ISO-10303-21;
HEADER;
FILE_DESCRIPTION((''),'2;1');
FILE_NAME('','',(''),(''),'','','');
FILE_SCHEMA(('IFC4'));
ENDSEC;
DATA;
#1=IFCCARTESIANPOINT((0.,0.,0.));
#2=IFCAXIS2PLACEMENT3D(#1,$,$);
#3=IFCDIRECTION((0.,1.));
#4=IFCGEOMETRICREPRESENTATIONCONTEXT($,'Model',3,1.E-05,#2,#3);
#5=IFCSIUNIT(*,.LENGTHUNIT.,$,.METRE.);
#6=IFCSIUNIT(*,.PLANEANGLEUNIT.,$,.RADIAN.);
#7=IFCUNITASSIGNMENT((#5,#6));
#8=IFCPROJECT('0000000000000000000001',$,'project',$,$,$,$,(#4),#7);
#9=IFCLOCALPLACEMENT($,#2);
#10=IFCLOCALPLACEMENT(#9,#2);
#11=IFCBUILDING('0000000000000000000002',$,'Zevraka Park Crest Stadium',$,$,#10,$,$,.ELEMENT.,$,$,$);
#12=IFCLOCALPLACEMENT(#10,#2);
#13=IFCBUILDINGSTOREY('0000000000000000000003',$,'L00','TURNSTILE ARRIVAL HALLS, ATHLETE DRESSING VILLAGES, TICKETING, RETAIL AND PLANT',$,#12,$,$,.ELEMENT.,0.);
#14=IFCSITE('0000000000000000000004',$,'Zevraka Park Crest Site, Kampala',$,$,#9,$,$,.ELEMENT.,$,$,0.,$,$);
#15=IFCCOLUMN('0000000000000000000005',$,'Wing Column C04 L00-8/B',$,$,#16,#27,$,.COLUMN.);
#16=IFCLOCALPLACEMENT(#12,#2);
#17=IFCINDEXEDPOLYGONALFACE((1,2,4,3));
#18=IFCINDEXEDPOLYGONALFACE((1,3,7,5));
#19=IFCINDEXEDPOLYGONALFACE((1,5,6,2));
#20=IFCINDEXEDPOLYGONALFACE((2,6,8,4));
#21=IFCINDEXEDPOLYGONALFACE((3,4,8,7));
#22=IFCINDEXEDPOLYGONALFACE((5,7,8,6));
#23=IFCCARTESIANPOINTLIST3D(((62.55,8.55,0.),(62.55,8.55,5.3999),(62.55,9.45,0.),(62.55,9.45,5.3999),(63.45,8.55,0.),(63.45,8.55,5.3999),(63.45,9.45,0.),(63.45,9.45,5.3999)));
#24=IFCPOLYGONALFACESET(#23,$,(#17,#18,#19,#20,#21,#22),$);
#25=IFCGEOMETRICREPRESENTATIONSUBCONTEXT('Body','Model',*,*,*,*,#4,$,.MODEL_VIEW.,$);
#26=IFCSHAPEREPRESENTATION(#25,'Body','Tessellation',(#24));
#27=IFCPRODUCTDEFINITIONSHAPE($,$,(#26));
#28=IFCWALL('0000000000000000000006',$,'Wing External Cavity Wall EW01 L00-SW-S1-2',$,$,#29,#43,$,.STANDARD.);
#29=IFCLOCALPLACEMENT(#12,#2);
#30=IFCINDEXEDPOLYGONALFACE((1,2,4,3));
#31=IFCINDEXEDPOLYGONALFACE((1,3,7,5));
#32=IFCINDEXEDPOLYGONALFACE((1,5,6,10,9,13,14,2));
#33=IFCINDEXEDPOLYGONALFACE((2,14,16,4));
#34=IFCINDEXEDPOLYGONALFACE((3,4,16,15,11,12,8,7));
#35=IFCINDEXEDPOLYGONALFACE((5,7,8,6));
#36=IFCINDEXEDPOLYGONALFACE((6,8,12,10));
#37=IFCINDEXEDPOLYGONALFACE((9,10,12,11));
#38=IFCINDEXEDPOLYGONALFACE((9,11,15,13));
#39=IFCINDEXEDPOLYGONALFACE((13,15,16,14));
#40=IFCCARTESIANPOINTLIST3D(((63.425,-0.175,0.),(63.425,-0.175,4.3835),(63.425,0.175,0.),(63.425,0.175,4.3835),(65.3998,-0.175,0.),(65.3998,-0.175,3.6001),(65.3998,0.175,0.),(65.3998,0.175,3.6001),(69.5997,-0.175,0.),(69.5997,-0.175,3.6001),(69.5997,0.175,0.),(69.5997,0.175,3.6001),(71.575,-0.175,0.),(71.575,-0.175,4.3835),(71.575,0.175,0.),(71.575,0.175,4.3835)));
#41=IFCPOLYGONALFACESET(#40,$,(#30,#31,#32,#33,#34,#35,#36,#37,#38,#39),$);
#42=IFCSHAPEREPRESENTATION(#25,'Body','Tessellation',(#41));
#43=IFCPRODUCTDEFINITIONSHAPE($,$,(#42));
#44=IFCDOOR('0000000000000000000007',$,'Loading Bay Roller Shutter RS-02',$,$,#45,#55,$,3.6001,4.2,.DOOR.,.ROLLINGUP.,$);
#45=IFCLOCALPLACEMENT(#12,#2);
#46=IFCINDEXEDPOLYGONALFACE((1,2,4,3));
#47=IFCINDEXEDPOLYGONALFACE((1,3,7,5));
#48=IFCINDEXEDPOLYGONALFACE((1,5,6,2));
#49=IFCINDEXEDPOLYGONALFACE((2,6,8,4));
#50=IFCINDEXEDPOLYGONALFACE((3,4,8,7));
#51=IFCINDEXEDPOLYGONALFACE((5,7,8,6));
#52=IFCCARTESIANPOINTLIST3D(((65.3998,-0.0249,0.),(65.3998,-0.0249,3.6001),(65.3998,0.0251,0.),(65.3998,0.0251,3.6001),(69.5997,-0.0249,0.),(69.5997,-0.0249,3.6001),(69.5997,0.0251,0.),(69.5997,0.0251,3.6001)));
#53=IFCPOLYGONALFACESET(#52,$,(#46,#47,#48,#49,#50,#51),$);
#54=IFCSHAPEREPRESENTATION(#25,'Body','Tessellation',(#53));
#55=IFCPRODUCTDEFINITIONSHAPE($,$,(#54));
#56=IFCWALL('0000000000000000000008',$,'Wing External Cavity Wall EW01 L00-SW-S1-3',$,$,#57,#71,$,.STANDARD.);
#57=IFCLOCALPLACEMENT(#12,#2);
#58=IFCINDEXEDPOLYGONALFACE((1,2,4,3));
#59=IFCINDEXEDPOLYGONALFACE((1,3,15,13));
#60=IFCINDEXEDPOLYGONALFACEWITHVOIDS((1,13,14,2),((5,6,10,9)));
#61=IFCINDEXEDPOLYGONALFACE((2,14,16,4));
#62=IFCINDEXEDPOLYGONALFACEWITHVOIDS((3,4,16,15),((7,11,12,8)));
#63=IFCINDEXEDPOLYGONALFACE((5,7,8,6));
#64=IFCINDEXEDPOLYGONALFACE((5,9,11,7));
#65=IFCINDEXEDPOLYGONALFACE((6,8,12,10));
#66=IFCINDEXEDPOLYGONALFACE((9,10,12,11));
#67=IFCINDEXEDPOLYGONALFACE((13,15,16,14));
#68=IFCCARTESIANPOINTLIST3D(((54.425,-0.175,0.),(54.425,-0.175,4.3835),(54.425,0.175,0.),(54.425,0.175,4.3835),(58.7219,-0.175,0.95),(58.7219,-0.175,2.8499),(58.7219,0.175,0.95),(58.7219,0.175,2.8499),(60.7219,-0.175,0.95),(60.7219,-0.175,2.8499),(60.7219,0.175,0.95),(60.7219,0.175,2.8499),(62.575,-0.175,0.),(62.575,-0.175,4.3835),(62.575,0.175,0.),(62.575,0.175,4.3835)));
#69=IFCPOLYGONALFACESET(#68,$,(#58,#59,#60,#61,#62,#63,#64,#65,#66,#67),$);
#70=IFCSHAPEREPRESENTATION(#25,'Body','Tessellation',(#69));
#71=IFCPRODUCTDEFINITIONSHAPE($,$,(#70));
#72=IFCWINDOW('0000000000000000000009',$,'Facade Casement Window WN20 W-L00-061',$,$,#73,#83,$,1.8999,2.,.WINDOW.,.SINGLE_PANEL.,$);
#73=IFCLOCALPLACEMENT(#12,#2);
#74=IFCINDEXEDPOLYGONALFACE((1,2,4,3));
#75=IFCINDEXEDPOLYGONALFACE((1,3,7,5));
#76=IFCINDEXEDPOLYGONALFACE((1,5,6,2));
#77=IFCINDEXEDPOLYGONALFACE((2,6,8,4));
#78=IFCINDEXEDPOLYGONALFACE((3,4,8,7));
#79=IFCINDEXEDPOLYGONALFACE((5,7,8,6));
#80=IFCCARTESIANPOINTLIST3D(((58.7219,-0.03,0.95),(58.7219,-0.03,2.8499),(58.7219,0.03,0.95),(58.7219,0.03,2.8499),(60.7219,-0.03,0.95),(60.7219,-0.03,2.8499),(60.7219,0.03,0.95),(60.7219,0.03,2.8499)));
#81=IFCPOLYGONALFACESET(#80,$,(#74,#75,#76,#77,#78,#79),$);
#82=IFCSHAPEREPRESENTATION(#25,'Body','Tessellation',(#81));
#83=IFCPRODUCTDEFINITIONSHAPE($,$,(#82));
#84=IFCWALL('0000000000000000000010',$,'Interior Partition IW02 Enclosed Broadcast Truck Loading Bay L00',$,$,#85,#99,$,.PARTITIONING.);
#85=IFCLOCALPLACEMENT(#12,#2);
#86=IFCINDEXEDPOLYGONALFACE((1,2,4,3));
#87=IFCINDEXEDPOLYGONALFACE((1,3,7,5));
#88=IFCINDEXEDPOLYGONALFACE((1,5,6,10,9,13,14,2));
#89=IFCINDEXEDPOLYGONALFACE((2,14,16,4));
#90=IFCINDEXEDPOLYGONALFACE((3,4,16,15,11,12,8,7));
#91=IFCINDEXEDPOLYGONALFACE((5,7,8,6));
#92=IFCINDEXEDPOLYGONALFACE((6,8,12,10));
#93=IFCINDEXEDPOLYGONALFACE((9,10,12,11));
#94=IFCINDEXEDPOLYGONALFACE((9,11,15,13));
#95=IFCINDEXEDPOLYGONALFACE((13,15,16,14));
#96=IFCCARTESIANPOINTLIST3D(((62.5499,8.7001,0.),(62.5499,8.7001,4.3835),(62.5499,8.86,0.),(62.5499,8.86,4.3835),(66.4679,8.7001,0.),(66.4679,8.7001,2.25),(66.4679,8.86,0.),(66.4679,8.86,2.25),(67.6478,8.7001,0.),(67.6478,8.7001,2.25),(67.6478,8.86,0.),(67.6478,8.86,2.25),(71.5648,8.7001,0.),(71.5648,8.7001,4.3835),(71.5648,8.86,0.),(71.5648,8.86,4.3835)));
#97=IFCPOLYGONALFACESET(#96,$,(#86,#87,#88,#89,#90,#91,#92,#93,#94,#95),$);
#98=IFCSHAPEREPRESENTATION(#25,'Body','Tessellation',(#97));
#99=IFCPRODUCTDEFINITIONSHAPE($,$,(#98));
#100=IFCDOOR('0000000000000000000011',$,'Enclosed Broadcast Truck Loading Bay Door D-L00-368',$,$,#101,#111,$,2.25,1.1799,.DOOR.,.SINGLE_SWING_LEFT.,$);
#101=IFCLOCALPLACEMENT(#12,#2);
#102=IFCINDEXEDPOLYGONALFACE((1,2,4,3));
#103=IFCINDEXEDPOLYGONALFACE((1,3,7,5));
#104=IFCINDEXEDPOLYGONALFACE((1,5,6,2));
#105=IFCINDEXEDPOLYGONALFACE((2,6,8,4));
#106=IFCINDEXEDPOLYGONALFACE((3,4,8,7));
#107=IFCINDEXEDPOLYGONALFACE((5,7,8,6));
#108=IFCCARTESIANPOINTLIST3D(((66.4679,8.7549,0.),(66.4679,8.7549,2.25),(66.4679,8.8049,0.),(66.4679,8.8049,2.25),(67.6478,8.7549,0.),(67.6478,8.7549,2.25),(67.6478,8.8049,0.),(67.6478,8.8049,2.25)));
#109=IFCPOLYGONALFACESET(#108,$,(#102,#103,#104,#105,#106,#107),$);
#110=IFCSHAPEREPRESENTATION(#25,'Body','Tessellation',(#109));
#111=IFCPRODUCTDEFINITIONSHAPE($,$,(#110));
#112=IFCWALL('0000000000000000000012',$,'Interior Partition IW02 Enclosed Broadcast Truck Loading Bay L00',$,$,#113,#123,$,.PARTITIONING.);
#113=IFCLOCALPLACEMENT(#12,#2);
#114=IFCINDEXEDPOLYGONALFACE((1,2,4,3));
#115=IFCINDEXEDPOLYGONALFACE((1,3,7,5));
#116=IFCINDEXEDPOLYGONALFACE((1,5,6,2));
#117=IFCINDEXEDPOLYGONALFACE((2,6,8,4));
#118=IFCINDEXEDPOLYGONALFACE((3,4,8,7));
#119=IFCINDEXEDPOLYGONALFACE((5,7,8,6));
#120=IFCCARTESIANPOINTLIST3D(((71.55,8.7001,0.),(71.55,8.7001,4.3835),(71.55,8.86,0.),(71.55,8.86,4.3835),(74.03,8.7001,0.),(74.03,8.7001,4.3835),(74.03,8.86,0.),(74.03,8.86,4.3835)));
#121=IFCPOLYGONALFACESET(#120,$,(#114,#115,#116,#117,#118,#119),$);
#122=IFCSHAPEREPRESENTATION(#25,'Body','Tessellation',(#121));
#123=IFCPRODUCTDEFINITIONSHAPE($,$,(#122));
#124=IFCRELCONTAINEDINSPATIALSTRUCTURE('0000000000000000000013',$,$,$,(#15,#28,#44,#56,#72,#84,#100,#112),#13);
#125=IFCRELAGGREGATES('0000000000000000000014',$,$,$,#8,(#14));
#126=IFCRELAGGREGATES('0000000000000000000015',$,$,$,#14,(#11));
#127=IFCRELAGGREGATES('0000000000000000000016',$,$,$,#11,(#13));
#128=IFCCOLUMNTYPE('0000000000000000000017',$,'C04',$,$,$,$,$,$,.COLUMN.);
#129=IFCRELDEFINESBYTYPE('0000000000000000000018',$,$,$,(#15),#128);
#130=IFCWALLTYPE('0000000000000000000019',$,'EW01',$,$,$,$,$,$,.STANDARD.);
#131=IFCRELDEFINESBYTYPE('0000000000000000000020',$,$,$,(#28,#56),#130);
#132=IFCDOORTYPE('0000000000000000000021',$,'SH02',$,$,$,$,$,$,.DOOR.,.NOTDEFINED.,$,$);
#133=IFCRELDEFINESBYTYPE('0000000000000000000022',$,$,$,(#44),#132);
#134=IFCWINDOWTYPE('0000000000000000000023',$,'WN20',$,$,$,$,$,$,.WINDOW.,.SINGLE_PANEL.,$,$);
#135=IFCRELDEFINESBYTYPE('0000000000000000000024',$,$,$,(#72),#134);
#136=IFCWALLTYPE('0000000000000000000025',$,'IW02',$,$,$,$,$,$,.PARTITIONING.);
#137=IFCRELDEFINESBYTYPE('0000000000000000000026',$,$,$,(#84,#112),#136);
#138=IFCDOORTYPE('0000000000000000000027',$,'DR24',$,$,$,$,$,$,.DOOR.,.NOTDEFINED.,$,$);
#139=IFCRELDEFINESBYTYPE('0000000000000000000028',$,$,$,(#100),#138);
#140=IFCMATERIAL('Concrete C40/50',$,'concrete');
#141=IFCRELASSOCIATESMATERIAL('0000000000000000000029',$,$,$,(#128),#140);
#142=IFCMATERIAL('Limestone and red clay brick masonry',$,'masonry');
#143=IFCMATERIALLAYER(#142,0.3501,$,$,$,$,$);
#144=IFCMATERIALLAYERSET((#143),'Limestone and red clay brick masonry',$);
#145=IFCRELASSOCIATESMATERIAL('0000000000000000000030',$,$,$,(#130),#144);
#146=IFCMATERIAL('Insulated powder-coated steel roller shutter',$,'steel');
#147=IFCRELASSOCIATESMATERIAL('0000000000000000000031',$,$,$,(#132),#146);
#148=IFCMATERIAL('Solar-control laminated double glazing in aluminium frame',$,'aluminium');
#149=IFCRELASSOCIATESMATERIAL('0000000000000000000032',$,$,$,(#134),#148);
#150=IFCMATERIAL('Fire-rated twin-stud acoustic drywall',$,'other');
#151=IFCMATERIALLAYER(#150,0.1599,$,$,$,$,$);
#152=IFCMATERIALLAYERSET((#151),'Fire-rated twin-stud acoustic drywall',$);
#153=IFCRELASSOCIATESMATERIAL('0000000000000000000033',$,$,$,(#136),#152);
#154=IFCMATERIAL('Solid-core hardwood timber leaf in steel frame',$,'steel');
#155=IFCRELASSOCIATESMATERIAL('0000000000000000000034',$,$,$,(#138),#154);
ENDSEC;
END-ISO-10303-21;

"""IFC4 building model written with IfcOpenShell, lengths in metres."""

from ifc_helpers import new_model, si_unit, direction, frame, frame_2d, origin, origin_2d, place, context, subcontext, project, spatial, rectangle, extrude, material, layer, layer_set, material_profile, profile_set, type_object, element, fill, save


model = new_model("IFC4")

# Units and contexts
model_context = context("Model", 3, precision=1e-05, world=origin(), true_north=direction((0.0, 1.0)))
body_context = subcontext(model_context, "Body", "Model", "MODEL_VIEW")
ifc_project = project(units=[si_unit("LENGTHUNIT", "METRE"), si_unit("PLANEANGLEUNIT", "RADIAN")], contexts=[model_context])

# Site, building, storey
site_placement = place(None, origin())
site = spatial("IfcSite", under=ifc_project, at=site_placement, Name="Zevraka Park Crest Site, Kampala", CompositionType="ELEMENT", RefElevation=0.0)
building_placement = place(site_placement, origin())
building = spatial("IfcBuilding", under=site, at=building_placement, Name="Zevraka Park Crest Stadium", CompositionType="ELEMENT")
storey_placement = place(building_placement, origin())
storey = spatial("IfcBuildingStorey", under=building, at=storey_placement, Name="L00", Description="TURNSTILE ARRIVAL HALLS, ATHLETE DRESSING VILLAGES, TICKETING, RETAIL AND PLANT", CompositionType="ELEMENT", Elevation=0.0)

# Column
ifc_material_1 = material(Name="Concrete C40/50", Category="concrete")
ifc_material_profile_1 = material_profile(ifc_material_1, rectangle(XDim=0.8999, YDim=0.8999, at=origin_2d()), Name="RC 900x900")
ifc_profile_set_1 = profile_set([ifc_material_profile_1], Name="Concrete C40/50")
column_type = type_object("IfcColumnType", Name="C04", PredefinedType="COLUMN", material=ifc_profile_set_1)
for number, where, z_axis, x_axis, name in (
    (1, (63.0, 9.0, 0.0), (0.0, 0.0, 1.0), (1.0, 0.0, 0.0), "Wing Column C04 L00-8/B"),
):
    element("IfcColumn", number, at=place(storey_placement, frame(where, z_axis=z_axis, x_axis=x_axis)), inside=storey, type_object=column_type, Name=name, PredefinedType="COLUMN", context=body_context, shape_type="SweptSolid", body=[
        extrude(rectangle(XDim=0.8999, YDim=0.8999, at=origin_2d()), origin(), (0.0, 0.0, 1.0), 5.3999),
    ])

# Wall, opening, door
ifc_material_2 = material(Name="Limestone and red clay brick masonry", Category="masonry")
ifc_layer_1 = layer(ifc_material_2, 0.3501)
ifc_layer_set_1 = layer_set([ifc_layer_1], Name="Limestone and red clay brick masonry")
wall_type_1 = type_object("IfcWallType", Name="EW01", PredefinedType="STANDARD", material=ifc_layer_set_1)
wall_1_placement = place(storey_placement, frame((71.575, 0.0, 0.0), z_axis=(0.0, 0.0, 1.0), x_axis=(-1.0, 0.0, 0.0)))
wall_1 = element("IfcWall", 2, at=wall_1_placement, inside=storey, type_object=wall_type_1, Name="Wing External Cavity Wall EW01 L00-SW-S1-2", PredefinedType="STANDARD", context=body_context, shape_type="SweptSolid", body=[
    extrude(rectangle(XDim=8.1499, YDim=0.3501, at=frame_2d((4.075, 0.0))), origin(), (0.0, 0.0, 1.0), 4.3835),
])
opening_1_placement = place(wall_1_placement, frame((1.9751, 0.0, 0.0)))
opening_1 = element("IfcOpeningElement", 3, at=opening_1_placement, cuts=wall_1, PredefinedType="OPENING", context=body_context, shape_type="SweptSolid", body=[
    extrude(rectangle(XDim=4.2, YDim=3.6001, at=frame_2d((2.1001, 1.8))), frame((0.0, 0.1851, 0.0), z_axis=(0.0, -1.0, 0.0), x_axis=(1.0, 0.0, 0.0)), (0.0, 0.0, 1.0), 0.3701),
])
ifc_material_3 = material(Name="Insulated powder-coated steel roller shutter", Category="steel")
door_type_1 = type_object("IfcDoorType", Name="SH02", OperationType="NOTDEFINED", PredefinedType="DOOR", material=ifc_material_3)
door_1_placement = place(opening_1_placement, origin())
door_1 = element("IfcDoor", 4, at=door_1_placement, inside=storey, type_object=door_type_1, Name="Loading Bay Roller Shutter RS-02", OperationType="ROLLINGUP", OverallHeight=3.6001, OverallWidth=4.2, PredefinedType="DOOR", context=body_context, shape_type="SweptSolid", body=[
    extrude(rectangle(XDim=4.2, YDim=3.6001, at=frame_2d((2.1001, 1.8))), frame((0.0, 0.0249, 0.0), z_axis=(0.0, -1.0, 0.0), x_axis=(1.0, 0.0, 0.0)), (0.0, 0.0, 1.0), 0.05),
])
fill(opening_1, door_1)

# Wall, opening, window
wall_2_placement = place(storey_placement, frame((62.575, 0.0, 0.0), z_axis=(0.0, 0.0, 1.0), x_axis=(-1.0, 0.0, 0.0)))
wall_2 = element("IfcWall", 5, at=wall_2_placement, inside=storey, type_object=wall_type_1, Name="Wing External Cavity Wall EW01 L00-SW-S1-3", PredefinedType="STANDARD", context=body_context, shape_type="SweptSolid", body=[
    extrude(rectangle(XDim=8.1499, YDim=0.3501, at=frame_2d((4.075, 0.0))), origin(), (0.0, 0.0, 1.0), 4.3835),
])
opening_2_placement = place(wall_2_placement, frame((1.853, 0.0, 0.95)))
opening_2 = element("IfcOpeningElement", 6, at=opening_2_placement, cuts=wall_2, PredefinedType="OPENING", context=body_context, shape_type="SweptSolid", body=[
    extrude(rectangle(XDim=2.0, YDim=1.8999, at=frame_2d((1.0, 0.95))), frame((0.0, 0.1851, 0.0), z_axis=(0.0, -1.0, 0.0), x_axis=(1.0, 0.0, 0.0)), (0.0, 0.0, 1.0), 0.3701),
])
ifc_material_4 = material(Name="Solar-control laminated double glazing in aluminium frame", Category="aluminium")
window_type = type_object("IfcWindowType", Name="WN20", PartitioningType="SINGLE_PANEL", PredefinedType="WINDOW", material=ifc_material_4)
window_placement = place(opening_2_placement, origin())
window = element("IfcWindow", 7, at=window_placement, inside=storey, type_object=window_type, Name="Facade Casement Window WN20 W-L00-061", OverallHeight=1.8999, OverallWidth=2.0, PartitioningType="SINGLE_PANEL", PredefinedType="WINDOW", context=body_context, shape_type="SweptSolid", body=[
    extrude(rectangle(XDim=2.0, YDim=1.8999, at=frame_2d((1.0, 0.95))), frame((0.0, 0.03, 0.0), z_axis=(0.0, -1.0, 0.0), x_axis=(1.0, 0.0, 0.0)), (0.0, 0.0, 1.0), 0.0601),
])
fill(opening_2, window)

# Wall, opening, door
ifc_material_5 = material(Name="Fire-rated twin-stud acoustic drywall", Category="other")
ifc_layer_2 = layer(ifc_material_5, 0.1599)
ifc_layer_set_2 = layer_set([ifc_layer_2], Name="Fire-rated twin-stud acoustic drywall")
wall_type_2 = type_object("IfcWallType", Name="IW02", PredefinedType="PARTITIONING", material=ifc_layer_set_2)
wall_3_placement = place(storey_placement, frame((62.55, 8.78, 0.0), z_axis=(0.0, 0.0, 1.0), x_axis=(1.0, 0.0, 0.0)))
wall_3 = element("IfcWall", 8, at=wall_3_placement, inside=storey, type_object=wall_type_2, Name="Interior Partition IW02 Enclosed Broadcast Truck Loading Bay L00", PredefinedType="PARTITIONING", context=body_context, shape_type="SweptSolid", body=[
    extrude(rectangle(XDim=9.0149, YDim=0.1599, at=frame_2d((4.5073, 0.0))), origin(), (0.0, 0.0, 1.0), 4.3835),
])
opening_3_placement = place(wall_3_placement, frame((3.918, 0.0, 0.0)))
opening_3 = element("IfcOpeningElement", 9, at=opening_3_placement, cuts=wall_3, PredefinedType="OPENING", context=body_context, shape_type="SweptSolid", body=[
    extrude(rectangle(XDim=1.1799, YDim=2.25, at=frame_2d((0.5898, 1.125))), frame((0.0, 0.0898, 0.0), z_axis=(0.0, -1.0, 0.0), x_axis=(1.0, 0.0, 0.0)), (0.0, 0.0, 1.0), 0.1799),
])
ifc_material_6 = material(Name="Solid-core hardwood timber leaf in steel frame", Category="steel")
door_type_2 = type_object("IfcDoorType", Name="DR24", OperationType="NOTDEFINED", PredefinedType="DOOR", material=ifc_material_6)
door_2_placement = place(opening_3_placement, origin())
door_2 = element("IfcDoor", 10, at=door_2_placement, inside=storey, type_object=door_type_2, Name="Enclosed Broadcast Truck Loading Bay Door D-L00-368", OperationType="SINGLE_SWING_LEFT", OverallHeight=2.25, OverallWidth=1.1799, PredefinedType="DOOR", context=body_context, shape_type="SweptSolid", body=[
    extrude(rectangle(XDim=1.1799, YDim=2.25, at=frame_2d((0.5898, 1.125))), frame((0.0, 0.0249, 0.0), z_axis=(0.0, -1.0, 0.0), x_axis=(1.0, 0.0, 0.0)), (0.0, 0.0, 1.0), 0.05),
])
fill(opening_3, door_2)

# Wall
wall_4_placement = place(storey_placement, frame((71.55, 8.78, 0.0), z_axis=(0.0, 0.0, 1.0), x_axis=(1.0, 0.0, 0.0)))
element("IfcWall", 11, at=wall_4_placement, inside=storey, type_object=wall_type_2, Name="Interior Partition IW02 Enclosed Broadcast Truck Loading Bay L00", PredefinedType="PARTITIONING", context=body_context, shape_type="SweptSolid", body=[
    extrude(rectangle(XDim=2.48, YDim=0.1599, at=frame_2d((1.24, 0.0))), origin(), (0.0, 0.0, 1.0), 4.3835),
])

save(model, "model.ifc")
